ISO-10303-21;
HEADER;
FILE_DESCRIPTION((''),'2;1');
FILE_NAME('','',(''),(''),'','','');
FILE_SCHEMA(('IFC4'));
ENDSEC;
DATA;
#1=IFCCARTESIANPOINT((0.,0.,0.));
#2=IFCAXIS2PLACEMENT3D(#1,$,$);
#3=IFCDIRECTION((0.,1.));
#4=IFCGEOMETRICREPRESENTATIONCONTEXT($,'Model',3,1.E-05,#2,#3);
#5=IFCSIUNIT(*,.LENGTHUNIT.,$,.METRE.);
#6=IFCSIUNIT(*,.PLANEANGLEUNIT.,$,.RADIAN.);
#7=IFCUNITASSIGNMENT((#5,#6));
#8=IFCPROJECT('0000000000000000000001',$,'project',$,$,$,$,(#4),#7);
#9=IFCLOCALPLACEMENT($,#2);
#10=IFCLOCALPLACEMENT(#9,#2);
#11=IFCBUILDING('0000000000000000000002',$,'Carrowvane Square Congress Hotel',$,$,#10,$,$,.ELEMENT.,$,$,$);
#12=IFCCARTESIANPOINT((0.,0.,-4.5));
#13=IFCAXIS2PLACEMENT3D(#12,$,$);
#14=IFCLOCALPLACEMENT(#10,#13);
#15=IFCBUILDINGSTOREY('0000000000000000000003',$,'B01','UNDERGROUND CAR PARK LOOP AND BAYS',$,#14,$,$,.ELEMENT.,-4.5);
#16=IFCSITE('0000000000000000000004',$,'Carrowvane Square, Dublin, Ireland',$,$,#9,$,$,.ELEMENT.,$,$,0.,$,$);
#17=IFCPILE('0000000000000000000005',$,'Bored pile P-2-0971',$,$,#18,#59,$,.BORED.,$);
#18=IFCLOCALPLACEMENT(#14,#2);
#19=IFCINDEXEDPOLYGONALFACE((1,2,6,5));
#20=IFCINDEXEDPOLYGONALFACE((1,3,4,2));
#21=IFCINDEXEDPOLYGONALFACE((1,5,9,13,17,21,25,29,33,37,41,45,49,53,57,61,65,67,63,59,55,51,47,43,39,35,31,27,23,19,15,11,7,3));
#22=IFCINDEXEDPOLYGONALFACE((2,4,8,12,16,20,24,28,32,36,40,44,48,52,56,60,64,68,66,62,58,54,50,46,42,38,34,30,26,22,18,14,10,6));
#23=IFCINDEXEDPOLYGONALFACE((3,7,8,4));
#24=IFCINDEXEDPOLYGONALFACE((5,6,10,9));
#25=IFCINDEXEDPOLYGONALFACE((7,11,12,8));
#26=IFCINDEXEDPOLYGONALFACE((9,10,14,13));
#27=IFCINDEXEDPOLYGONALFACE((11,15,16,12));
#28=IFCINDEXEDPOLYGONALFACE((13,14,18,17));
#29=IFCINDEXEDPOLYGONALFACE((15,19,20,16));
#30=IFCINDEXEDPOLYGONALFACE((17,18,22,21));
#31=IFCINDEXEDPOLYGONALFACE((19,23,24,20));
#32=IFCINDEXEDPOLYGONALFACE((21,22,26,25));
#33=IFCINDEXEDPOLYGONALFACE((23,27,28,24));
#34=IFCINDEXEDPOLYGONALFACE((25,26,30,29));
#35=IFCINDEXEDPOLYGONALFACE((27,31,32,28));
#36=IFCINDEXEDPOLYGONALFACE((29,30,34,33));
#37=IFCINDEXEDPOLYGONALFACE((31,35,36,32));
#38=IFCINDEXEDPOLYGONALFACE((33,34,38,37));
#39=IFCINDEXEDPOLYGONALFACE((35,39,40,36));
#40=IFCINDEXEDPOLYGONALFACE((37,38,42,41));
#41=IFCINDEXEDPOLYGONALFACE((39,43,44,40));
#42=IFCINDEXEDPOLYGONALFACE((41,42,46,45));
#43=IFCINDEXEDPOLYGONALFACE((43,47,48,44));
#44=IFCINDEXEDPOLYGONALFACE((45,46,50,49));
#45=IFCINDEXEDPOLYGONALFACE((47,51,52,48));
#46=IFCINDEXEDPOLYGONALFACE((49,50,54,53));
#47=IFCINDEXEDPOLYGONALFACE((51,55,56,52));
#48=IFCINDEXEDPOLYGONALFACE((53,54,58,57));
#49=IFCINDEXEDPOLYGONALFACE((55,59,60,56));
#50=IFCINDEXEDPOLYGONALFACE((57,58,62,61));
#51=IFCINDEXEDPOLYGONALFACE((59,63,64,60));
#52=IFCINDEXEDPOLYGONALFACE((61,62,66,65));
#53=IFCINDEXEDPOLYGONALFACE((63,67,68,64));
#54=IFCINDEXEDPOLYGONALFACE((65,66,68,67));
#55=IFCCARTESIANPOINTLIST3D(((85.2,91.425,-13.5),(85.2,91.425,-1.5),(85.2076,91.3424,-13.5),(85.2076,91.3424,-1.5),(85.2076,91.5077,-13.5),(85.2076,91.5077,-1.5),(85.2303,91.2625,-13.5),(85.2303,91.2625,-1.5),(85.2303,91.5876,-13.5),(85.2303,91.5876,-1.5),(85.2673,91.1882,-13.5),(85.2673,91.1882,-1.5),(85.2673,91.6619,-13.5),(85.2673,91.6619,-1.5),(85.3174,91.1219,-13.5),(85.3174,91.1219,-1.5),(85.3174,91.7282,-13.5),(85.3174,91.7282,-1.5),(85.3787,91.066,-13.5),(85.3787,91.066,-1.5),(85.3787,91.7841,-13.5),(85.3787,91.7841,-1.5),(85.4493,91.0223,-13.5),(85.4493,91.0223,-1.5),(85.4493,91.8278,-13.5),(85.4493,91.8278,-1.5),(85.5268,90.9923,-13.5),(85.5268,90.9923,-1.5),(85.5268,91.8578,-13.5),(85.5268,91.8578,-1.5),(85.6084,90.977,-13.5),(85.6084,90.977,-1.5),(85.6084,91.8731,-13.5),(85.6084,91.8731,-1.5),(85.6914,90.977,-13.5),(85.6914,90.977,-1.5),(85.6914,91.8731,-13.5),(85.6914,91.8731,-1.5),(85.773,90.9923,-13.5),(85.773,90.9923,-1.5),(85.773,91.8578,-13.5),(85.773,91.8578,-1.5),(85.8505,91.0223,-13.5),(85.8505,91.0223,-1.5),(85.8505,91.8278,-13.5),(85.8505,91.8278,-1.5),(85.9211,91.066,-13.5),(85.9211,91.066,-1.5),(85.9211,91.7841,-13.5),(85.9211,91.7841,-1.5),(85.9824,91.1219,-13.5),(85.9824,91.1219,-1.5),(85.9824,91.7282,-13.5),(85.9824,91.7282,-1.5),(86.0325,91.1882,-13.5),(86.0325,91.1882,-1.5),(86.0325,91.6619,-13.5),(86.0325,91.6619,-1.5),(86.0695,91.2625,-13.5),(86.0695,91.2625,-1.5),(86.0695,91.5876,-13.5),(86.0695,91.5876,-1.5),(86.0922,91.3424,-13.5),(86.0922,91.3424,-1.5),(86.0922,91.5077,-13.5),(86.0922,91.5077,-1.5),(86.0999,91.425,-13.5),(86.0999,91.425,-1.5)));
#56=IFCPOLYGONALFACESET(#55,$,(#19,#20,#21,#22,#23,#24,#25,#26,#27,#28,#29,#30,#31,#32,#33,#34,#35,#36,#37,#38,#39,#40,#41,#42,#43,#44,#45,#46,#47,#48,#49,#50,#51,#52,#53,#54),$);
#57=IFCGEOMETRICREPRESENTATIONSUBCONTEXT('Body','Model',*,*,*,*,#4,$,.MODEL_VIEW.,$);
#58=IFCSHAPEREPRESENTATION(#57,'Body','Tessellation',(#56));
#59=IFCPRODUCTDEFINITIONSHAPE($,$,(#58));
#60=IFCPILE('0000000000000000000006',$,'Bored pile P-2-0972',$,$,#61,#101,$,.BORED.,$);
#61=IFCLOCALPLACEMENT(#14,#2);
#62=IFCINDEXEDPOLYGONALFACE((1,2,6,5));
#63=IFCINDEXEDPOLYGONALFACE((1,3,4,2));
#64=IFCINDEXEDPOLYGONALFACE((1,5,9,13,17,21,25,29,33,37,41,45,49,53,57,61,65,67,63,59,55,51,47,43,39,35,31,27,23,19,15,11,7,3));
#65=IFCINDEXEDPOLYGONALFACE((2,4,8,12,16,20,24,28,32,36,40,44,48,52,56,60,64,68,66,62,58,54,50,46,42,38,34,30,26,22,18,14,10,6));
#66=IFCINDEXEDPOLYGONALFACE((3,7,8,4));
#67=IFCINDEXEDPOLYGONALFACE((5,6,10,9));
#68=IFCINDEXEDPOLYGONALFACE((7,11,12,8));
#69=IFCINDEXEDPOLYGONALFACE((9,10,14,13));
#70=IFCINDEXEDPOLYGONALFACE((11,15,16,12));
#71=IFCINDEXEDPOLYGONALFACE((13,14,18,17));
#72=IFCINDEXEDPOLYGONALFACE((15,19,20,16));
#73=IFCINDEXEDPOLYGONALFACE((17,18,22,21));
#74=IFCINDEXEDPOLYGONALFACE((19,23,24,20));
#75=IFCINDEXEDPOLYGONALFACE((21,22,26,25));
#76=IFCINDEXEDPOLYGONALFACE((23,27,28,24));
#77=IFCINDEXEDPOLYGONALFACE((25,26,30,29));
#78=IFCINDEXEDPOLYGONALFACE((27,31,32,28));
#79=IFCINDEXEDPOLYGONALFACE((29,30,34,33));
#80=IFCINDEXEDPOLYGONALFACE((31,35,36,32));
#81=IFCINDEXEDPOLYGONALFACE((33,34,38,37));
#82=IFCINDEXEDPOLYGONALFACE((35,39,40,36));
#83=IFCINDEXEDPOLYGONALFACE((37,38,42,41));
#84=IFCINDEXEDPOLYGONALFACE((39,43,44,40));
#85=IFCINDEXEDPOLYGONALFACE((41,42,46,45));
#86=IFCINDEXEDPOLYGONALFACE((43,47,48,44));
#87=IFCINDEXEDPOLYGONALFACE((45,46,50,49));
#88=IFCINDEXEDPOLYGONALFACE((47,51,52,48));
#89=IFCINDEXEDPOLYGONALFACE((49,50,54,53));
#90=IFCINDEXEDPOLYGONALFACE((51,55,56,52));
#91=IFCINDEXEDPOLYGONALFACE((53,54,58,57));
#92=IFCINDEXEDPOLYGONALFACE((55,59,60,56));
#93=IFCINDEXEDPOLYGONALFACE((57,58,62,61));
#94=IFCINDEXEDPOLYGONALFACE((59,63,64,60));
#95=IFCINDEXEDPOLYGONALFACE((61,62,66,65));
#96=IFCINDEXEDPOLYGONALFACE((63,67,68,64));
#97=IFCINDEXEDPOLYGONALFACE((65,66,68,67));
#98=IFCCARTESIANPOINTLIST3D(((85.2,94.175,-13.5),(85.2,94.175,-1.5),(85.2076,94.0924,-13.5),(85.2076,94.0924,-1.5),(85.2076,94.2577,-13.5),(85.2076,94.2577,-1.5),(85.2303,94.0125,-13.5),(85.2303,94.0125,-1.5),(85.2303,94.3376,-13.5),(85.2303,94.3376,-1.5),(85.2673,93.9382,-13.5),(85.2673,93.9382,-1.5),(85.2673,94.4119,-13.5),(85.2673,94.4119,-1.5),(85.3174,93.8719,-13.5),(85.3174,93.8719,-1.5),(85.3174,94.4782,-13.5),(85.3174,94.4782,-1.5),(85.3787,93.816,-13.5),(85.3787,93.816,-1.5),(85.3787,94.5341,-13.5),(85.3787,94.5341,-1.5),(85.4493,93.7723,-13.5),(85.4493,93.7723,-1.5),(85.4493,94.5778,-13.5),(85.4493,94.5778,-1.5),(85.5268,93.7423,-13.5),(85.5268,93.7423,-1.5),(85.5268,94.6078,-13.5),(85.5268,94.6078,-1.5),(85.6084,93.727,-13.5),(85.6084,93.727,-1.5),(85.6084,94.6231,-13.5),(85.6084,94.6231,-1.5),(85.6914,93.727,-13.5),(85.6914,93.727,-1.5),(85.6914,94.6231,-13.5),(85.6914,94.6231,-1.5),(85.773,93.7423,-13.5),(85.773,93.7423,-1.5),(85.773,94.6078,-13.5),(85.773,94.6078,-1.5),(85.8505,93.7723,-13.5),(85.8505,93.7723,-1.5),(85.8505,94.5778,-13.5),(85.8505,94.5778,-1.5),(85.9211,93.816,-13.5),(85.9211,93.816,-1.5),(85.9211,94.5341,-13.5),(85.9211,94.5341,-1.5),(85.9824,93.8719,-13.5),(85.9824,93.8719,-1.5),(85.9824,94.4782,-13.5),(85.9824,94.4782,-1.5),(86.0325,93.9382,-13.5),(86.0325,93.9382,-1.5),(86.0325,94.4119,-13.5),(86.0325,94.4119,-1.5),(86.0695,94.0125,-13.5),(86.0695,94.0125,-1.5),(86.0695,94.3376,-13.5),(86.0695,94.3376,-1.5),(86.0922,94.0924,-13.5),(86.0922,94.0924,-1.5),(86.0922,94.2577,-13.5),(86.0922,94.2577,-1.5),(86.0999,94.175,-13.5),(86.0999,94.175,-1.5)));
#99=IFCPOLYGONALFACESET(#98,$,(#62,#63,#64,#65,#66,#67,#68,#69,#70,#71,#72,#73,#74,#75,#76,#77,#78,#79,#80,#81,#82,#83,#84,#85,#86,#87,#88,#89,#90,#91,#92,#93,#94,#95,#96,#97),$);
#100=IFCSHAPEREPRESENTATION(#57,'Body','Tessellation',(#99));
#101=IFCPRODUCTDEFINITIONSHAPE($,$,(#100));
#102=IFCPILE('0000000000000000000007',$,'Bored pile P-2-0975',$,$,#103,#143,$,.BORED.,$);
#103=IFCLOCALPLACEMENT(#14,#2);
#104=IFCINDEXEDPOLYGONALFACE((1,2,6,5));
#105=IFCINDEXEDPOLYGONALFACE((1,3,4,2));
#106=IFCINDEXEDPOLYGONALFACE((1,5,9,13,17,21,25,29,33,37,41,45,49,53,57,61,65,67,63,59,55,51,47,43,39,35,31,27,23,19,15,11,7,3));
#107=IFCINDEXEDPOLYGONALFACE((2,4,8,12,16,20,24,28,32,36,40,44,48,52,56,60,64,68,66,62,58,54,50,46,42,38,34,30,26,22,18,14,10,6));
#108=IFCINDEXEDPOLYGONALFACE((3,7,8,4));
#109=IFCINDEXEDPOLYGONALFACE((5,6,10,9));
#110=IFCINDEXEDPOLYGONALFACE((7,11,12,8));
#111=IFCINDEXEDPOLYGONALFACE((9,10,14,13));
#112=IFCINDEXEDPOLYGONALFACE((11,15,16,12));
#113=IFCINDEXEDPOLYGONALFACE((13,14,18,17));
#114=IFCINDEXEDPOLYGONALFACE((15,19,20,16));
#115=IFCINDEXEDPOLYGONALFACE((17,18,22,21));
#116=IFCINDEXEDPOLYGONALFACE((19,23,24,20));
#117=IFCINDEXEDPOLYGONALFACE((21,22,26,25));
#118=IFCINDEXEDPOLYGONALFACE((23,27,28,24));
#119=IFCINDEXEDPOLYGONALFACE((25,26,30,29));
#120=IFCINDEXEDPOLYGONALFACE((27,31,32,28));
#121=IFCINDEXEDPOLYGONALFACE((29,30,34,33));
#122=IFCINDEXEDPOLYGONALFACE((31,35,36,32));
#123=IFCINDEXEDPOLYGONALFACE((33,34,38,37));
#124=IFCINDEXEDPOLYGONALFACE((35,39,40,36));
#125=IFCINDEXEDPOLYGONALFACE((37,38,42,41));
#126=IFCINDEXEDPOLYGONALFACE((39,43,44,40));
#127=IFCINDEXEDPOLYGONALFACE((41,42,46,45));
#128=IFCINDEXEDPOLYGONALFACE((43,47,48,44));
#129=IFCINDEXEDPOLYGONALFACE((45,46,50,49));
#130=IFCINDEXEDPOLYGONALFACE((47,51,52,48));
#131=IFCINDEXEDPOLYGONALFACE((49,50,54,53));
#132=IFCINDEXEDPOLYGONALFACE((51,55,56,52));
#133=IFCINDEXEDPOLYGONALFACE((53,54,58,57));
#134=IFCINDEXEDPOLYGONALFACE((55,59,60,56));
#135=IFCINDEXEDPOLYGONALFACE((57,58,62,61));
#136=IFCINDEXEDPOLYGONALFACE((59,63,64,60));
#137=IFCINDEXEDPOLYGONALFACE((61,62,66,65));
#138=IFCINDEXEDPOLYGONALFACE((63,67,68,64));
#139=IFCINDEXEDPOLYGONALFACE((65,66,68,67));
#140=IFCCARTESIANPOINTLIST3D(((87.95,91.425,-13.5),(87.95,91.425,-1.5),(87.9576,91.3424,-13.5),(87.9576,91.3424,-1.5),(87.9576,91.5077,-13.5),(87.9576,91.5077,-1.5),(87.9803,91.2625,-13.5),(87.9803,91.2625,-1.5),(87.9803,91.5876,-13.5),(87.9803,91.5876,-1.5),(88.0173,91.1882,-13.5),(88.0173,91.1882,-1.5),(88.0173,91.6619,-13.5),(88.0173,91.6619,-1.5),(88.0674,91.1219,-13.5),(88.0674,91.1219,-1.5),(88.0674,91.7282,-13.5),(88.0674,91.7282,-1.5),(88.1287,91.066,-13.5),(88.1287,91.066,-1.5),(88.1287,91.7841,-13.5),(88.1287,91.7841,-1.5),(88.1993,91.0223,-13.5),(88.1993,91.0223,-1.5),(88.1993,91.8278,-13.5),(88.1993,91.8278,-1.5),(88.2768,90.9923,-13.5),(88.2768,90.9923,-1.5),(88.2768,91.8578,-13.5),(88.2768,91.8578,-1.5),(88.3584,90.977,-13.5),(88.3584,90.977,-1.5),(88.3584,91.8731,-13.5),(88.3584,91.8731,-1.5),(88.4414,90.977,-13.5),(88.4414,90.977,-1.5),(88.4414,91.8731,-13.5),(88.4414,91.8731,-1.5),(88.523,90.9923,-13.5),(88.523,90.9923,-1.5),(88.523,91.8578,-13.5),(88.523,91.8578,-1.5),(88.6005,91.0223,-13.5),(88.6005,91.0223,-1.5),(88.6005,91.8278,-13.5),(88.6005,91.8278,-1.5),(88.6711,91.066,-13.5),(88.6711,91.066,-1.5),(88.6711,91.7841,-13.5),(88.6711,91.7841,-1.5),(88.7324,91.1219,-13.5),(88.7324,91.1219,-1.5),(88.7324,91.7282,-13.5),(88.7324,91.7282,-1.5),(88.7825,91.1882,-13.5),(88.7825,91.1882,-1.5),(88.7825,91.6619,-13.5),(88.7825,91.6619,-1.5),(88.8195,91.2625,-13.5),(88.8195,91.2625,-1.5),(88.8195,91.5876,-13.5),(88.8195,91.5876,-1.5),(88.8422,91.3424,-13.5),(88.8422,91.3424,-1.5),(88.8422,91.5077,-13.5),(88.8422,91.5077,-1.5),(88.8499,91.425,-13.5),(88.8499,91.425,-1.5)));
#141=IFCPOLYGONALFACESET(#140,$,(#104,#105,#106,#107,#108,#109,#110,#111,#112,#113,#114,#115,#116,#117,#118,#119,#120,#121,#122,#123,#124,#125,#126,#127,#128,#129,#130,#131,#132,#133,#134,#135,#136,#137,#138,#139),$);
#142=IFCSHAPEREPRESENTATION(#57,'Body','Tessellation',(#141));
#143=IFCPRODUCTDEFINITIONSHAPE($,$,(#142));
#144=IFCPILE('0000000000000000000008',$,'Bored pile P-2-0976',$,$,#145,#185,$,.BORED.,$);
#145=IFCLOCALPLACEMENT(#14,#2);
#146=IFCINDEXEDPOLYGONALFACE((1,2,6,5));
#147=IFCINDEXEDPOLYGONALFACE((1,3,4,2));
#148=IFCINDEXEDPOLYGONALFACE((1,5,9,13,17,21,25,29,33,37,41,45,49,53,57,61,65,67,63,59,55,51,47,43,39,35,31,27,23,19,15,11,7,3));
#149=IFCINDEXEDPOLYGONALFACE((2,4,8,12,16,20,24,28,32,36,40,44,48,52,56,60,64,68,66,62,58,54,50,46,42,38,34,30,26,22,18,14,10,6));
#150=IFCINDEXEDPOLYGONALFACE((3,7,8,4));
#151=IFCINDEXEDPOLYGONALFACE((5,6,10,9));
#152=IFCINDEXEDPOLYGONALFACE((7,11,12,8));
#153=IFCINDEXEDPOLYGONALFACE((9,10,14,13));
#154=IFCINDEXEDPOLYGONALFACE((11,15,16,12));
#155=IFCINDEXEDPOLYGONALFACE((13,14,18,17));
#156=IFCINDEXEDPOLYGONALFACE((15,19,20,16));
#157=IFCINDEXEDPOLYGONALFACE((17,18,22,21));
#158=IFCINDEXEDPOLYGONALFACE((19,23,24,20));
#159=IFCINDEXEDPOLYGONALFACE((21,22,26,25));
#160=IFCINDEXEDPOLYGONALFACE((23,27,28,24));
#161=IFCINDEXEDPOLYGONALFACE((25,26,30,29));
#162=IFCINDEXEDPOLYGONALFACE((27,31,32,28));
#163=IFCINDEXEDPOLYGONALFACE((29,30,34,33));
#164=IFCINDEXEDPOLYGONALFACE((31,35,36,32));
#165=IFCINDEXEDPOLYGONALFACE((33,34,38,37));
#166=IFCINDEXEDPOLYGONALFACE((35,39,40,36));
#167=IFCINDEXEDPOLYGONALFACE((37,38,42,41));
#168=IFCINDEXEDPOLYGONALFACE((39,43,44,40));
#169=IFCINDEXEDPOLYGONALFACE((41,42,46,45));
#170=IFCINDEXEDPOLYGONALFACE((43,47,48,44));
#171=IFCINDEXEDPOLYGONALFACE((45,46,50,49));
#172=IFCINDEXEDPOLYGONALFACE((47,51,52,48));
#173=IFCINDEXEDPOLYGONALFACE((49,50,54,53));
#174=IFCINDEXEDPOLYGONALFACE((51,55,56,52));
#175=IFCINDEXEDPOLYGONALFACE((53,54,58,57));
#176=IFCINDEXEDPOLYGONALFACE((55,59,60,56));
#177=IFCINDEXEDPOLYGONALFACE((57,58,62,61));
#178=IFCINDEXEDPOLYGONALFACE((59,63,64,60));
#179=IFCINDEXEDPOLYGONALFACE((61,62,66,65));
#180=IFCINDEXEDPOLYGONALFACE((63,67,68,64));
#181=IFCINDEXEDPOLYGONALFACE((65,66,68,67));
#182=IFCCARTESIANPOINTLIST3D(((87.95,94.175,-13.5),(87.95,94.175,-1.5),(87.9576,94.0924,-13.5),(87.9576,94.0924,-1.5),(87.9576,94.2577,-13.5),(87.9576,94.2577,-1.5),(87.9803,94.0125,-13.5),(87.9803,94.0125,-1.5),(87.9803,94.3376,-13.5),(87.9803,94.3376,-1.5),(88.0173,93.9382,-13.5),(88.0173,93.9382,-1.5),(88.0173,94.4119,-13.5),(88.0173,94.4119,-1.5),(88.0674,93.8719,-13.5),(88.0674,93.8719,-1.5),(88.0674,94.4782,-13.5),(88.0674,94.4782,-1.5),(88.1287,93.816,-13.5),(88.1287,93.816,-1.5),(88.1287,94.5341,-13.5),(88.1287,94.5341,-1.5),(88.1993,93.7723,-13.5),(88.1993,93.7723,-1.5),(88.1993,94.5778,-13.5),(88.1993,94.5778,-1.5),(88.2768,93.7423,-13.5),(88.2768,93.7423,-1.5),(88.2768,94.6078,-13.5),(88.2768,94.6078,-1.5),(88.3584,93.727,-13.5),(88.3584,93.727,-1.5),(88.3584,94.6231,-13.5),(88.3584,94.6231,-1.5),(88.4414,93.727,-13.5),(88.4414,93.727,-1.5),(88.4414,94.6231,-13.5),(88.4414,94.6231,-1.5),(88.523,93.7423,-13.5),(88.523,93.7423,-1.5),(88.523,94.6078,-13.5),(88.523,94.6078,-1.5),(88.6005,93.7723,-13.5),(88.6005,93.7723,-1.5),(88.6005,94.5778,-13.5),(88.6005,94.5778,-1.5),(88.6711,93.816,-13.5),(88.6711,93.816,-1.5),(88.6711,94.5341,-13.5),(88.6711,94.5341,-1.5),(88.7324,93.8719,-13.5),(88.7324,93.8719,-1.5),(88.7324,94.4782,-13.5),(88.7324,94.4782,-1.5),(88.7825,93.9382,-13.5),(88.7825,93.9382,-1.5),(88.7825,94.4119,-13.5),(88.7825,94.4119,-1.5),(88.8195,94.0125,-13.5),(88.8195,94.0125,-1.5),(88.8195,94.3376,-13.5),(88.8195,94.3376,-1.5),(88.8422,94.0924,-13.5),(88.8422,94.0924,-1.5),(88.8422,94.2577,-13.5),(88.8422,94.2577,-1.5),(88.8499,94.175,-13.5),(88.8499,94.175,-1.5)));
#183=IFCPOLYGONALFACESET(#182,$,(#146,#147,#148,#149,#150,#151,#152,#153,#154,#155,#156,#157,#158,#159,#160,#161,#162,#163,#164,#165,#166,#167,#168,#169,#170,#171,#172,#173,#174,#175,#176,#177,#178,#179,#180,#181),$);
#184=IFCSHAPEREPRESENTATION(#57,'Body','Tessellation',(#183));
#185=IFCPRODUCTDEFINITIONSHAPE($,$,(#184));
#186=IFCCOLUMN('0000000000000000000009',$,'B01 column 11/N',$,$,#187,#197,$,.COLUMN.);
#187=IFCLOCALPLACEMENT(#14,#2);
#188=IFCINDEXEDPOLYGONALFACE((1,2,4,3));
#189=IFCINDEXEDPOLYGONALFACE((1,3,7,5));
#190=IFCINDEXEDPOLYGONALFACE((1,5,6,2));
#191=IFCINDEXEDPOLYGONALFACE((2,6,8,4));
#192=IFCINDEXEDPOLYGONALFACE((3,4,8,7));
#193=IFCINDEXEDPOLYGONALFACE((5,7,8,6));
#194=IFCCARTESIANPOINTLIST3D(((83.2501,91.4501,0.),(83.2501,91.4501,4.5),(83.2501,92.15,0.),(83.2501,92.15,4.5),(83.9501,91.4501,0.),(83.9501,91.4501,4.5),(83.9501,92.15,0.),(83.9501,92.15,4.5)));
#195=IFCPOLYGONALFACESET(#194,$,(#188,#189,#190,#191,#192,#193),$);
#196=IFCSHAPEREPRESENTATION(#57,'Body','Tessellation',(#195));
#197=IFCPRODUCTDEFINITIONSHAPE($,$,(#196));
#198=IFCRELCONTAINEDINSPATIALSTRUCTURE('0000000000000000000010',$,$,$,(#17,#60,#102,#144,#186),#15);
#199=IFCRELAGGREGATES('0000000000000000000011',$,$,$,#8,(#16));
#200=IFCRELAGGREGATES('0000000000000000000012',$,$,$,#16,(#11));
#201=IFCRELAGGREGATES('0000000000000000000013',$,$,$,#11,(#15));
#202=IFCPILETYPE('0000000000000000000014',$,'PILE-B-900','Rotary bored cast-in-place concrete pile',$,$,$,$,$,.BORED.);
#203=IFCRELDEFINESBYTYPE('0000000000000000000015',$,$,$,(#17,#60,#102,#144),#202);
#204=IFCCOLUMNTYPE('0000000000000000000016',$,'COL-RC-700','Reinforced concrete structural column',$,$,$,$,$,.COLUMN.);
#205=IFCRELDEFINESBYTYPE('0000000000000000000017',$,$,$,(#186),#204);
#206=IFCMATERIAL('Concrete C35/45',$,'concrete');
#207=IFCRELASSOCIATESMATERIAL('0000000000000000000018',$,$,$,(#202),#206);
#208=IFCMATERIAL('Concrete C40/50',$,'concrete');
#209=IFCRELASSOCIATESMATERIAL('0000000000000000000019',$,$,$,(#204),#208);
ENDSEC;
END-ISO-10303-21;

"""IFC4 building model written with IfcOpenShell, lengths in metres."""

from ifc_helpers import new_model, si_unit, direction, frame, origin, origin_2d, place, context, subcontext, project, spatial, rectangle, circle, extrude, material, material_profile, profile_set, type_object, element, save


model = new_model("IFC4")

# Units and contexts
model_context = context("Model", 3, precision=1e-05, world=origin(), true_north=direction((0.0, 1.0)))
body_context = subcontext(model_context, "Body", "Model", "MODEL_VIEW")
ifc_project = project(units=[si_unit("LENGTHUNIT", "METRE"), si_unit("PLANEANGLEUNIT", "RADIAN")], contexts=[model_context])

# Site, building, storey
site_placement = place(None, origin())
site = spatial("IfcSite", under=ifc_project, at=site_placement, Name="Carrowvane Square, Dublin, Ireland", CompositionType="ELEMENT", RefElevation=0.0)
building_placement = place(site_placement, origin())
building = spatial("IfcBuilding", under=site, at=building_placement, Name="Carrowvane Square Congress Hotel", CompositionType="ELEMENT")
storey_placement = place(building_placement, frame((0.0, 0.0, -4.5)))
storey = spatial("IfcBuildingStorey", under=building, at=storey_placement, Name="B01", Description="UNDERGROUND CAR PARK LOOP AND BAYS", CompositionType="ELEMENT", Elevation=-4.5)

# Piles
ifc_material_1 = material(Name="Concrete C35/45", Category="concrete")
ifc_material_profile_1 = material_profile(ifc_material_1, circle(Radius=0.45, at=origin_2d()), Name="PILE D900")
ifc_profile_set_1 = profile_set([ifc_material_profile_1], Name="Concrete C35/45")
pile_type_1 = type_object("IfcPileType", Name="PILE-B-900", Description="Rotary bored cast-in-place concrete pile", PredefinedType="BORED", material=ifc_profile_set_1)
for number, where, z_axis, x_axis, name in (
    (1, (85.6499, 91.425, -1.5), (0.0, 0.0, -1.0), (1.0, 0.0, 0.0), "Bored pile P-2-0971"),
    (2, (85.6499, 94.175, -1.5), (0.0, 0.0, -1.0), (1.0, 0.0, 0.0), "Bored pile P-2-0972"),
    (3, (88.3999, 91.425, -1.5), (0.0, 0.0, -1.0), (1.0, 0.0, 0.0), "Bored pile P-2-0975"),
    (4, (88.3999, 94.175, -1.5), (0.0, 0.0, -1.0), (1.0, 0.0, 0.0), "Bored pile P-2-0976"),
):
    element("IfcPile", number, at=place(storey_placement, frame(where, z_axis=z_axis, x_axis=x_axis)), inside=storey, type_object=pile_type_1, Name=name, PredefinedType="BORED", context=body_context, shape_type="SweptSolid", body=[
        extrude(circle(Radius=0.45, at=origin_2d()), origin(), (0.0, 0.0, 1.0), 12.0),
    ])

# Column
ifc_material_2 = material(Name="Concrete C40/50", Category="concrete")
ifc_material_profile_2 = material_profile(ifc_material_2, rectangle(XDim=0.7, YDim=0.7, at=origin_2d()), Name="RC 700x700")
ifc_profile_set_2 = profile_set([ifc_material_profile_2], Name="Concrete C40/50")
column_type_1 = type_object("IfcColumnType", Name="COL-RC-700", Description="Reinforced concrete structural column", PredefinedType="COLUMN", material=ifc_profile_set_2)
column_placement = place(storey_placement, frame((83.6001, 91.8, 0.0), z_axis=(0.0, 0.0, 1.0), x_axis=(1.0, 0.0, 0.0)))
element("IfcColumn", 5, at=column_placement, inside=storey, type_object=column_type_1, Name="B01 column 11/N", PredefinedType="COLUMN", context=body_context, shape_type="SweptSolid", body=[
    extrude(rectangle(XDim=0.7, YDim=0.7, at=origin_2d()), origin(), (0.0, 0.0, 1.0), 4.5),
])

save(model, "model.ifc")
